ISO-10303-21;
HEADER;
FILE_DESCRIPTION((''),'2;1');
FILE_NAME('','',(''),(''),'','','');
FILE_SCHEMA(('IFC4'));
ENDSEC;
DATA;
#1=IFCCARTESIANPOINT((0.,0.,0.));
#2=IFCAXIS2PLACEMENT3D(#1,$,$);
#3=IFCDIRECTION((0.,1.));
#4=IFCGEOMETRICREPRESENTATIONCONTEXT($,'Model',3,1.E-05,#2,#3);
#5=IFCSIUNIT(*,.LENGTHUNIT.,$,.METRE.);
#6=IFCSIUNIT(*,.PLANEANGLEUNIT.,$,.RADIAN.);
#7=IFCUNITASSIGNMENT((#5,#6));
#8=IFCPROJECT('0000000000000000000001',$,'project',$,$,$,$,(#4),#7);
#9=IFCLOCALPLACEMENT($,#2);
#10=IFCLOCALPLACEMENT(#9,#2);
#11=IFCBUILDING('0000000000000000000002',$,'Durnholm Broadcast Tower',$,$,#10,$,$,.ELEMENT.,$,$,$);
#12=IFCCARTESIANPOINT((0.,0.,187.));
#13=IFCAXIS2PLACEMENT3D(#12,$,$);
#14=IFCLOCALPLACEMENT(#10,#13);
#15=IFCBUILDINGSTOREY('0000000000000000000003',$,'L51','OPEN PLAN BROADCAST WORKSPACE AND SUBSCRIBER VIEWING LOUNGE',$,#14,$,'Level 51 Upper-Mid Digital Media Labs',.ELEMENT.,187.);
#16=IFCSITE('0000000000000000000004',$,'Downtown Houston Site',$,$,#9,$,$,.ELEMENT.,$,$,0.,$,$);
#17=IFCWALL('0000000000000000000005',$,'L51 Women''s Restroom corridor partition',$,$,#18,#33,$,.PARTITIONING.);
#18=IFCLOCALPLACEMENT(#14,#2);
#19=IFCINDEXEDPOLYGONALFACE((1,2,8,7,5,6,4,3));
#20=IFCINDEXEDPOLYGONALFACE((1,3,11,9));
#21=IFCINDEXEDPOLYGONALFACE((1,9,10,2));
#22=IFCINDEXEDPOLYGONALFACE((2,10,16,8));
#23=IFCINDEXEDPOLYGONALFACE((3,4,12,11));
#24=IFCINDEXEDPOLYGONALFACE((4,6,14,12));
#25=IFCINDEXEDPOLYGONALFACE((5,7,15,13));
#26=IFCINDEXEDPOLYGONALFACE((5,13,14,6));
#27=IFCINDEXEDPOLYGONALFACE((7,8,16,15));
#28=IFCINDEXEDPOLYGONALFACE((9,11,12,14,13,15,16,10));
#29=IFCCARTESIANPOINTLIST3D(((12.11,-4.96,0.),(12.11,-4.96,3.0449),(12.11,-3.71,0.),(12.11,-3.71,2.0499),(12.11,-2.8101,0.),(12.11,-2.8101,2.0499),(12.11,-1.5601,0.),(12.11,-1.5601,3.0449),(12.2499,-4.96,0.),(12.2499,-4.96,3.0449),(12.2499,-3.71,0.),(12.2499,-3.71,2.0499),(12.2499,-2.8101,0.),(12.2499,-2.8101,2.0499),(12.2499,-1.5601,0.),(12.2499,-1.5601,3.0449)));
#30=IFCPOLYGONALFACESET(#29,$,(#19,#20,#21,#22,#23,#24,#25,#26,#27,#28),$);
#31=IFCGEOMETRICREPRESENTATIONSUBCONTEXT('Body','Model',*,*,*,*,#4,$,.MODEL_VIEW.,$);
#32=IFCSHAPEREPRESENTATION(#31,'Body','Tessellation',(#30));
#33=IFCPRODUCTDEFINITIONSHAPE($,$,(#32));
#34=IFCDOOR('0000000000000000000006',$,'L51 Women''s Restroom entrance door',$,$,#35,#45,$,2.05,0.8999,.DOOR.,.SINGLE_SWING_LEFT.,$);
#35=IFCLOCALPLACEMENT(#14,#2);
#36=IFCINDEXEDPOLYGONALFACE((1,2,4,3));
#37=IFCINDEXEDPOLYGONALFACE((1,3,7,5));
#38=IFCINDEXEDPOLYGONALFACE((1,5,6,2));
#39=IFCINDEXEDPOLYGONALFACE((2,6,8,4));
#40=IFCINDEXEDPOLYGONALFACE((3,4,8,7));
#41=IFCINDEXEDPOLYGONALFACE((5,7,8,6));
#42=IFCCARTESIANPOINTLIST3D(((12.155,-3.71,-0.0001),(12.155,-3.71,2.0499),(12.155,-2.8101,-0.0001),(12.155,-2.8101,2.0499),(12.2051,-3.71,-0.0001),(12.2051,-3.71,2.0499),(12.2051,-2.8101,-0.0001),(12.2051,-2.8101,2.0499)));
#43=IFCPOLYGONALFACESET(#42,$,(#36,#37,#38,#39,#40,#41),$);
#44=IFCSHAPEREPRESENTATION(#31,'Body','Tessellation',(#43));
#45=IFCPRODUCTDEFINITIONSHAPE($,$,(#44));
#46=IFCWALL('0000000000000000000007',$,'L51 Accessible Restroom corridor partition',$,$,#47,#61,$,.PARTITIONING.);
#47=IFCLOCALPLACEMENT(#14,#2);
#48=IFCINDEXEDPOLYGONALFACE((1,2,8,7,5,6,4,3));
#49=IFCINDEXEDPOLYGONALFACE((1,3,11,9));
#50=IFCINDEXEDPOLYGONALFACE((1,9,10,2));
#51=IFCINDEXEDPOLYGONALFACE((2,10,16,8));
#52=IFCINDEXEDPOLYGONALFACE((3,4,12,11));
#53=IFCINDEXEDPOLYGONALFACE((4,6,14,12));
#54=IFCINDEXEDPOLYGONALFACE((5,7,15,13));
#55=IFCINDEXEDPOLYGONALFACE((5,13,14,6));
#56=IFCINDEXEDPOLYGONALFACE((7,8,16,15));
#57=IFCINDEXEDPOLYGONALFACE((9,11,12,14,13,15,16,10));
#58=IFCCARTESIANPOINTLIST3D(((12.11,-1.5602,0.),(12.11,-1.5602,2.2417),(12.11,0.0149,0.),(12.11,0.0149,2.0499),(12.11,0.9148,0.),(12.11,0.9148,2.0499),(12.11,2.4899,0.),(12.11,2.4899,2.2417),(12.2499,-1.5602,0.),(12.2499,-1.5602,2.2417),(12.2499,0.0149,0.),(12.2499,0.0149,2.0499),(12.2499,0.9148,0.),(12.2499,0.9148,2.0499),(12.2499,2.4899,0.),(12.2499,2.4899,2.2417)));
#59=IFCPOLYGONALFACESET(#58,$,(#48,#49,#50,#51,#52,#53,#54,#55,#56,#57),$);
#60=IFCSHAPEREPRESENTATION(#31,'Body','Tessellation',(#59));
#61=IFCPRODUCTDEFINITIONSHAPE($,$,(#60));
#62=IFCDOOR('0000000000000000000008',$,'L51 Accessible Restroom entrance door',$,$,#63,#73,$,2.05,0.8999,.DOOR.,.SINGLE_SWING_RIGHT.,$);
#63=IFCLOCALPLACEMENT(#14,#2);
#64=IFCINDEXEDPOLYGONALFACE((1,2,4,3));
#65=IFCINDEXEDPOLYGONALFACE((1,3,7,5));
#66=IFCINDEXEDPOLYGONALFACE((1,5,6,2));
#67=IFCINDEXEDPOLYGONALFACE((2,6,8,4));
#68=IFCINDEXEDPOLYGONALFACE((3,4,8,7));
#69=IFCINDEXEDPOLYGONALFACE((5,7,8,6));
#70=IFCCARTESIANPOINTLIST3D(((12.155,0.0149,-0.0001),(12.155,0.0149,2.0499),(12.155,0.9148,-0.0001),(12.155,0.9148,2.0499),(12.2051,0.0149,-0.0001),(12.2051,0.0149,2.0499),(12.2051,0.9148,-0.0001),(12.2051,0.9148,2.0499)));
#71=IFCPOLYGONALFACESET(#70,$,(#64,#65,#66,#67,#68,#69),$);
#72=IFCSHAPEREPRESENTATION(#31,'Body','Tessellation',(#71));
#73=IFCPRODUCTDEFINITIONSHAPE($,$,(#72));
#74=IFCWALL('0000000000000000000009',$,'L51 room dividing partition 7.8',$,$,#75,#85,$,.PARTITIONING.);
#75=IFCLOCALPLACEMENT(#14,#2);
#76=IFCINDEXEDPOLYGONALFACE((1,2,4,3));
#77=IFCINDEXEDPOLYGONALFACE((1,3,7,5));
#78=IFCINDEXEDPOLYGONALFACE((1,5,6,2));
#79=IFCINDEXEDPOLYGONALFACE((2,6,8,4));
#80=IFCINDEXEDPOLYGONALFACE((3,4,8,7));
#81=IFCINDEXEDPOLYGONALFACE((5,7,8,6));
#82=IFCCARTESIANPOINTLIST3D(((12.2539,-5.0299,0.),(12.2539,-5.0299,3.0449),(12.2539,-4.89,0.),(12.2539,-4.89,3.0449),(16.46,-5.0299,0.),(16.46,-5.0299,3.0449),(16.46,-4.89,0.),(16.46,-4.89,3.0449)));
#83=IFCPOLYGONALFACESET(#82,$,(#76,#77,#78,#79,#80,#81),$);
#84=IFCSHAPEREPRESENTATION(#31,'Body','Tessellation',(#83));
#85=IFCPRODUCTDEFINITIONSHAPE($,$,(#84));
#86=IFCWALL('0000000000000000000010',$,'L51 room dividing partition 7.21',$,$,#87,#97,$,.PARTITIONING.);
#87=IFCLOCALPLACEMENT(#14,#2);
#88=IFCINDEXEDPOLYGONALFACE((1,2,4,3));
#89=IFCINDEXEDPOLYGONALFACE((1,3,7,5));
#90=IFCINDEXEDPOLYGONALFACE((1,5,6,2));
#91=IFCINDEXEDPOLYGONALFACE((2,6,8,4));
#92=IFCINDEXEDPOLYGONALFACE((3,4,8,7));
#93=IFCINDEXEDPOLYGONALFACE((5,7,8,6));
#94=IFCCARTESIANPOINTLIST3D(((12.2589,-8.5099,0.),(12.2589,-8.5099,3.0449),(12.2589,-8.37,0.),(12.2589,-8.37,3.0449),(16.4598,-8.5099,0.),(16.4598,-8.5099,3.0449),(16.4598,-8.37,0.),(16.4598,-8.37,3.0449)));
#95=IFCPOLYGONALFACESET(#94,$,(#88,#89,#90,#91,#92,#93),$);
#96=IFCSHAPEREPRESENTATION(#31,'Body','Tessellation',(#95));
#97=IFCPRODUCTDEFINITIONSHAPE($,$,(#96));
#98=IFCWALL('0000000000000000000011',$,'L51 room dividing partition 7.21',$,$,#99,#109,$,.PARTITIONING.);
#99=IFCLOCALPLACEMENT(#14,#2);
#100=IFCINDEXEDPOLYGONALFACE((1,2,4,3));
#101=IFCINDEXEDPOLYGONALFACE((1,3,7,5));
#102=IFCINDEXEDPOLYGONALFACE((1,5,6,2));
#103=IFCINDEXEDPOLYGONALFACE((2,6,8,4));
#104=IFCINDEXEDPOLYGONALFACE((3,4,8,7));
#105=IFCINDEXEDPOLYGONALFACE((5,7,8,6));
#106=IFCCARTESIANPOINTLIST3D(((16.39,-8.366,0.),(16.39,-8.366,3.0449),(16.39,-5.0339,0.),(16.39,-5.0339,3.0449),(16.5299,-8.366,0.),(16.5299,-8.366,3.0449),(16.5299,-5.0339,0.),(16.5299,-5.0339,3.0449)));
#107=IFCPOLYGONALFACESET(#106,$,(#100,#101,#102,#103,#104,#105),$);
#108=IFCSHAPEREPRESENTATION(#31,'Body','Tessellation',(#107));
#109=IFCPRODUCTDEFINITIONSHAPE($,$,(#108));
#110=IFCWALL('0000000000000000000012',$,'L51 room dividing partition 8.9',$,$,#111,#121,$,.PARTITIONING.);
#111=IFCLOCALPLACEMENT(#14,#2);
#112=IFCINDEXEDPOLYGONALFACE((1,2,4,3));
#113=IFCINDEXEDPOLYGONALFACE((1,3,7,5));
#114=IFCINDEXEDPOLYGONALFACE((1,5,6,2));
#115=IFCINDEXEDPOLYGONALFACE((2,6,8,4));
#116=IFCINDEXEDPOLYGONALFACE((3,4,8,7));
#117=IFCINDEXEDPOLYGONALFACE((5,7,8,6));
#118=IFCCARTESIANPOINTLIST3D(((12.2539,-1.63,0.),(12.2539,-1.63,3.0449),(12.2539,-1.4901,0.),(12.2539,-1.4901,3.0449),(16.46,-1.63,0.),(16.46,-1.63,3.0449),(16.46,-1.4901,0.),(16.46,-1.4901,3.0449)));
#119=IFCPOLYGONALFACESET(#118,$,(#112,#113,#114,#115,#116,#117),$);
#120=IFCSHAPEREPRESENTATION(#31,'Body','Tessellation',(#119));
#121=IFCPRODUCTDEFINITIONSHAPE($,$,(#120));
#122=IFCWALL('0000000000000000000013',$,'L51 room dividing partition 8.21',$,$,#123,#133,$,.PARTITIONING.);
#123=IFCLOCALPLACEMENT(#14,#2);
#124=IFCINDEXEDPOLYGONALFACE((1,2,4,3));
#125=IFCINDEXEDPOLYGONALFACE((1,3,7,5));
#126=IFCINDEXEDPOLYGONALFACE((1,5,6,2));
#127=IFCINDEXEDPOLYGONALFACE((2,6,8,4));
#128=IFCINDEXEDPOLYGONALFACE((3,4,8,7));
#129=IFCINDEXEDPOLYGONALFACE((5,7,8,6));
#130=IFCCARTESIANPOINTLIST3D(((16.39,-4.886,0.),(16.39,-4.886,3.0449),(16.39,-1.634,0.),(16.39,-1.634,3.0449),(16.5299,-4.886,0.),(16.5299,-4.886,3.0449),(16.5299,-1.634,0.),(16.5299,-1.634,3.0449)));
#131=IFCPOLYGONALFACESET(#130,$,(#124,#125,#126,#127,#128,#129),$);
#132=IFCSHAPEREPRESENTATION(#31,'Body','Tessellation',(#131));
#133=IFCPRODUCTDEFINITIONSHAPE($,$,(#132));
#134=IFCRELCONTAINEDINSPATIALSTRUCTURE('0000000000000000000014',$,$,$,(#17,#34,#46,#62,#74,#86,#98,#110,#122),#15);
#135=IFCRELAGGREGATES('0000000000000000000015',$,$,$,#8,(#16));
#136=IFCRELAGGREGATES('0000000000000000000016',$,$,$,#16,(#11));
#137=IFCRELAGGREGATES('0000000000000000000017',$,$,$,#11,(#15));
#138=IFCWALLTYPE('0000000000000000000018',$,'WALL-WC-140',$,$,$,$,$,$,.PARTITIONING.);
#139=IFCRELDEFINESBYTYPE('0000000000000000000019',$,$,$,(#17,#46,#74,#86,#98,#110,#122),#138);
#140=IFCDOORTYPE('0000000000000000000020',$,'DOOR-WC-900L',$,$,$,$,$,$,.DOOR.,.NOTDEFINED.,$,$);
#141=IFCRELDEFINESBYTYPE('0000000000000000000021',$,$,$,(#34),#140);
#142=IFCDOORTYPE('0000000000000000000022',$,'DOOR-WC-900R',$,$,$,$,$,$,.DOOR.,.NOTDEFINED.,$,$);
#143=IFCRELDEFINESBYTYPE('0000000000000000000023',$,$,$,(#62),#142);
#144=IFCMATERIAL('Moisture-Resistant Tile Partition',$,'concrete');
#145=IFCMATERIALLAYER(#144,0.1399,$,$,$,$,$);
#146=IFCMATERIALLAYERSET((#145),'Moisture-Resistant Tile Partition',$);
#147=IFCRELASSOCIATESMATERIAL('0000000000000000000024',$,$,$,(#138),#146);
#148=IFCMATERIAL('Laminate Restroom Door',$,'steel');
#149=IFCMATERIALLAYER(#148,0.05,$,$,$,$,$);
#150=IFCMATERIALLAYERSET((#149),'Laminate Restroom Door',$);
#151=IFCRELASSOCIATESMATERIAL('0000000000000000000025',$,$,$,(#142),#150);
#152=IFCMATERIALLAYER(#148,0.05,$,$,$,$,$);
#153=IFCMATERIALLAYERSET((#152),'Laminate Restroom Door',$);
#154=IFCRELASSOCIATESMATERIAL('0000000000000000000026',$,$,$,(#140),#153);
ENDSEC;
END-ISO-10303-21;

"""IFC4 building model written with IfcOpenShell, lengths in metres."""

from ifc_helpers import new_model, si_unit, direction, frame, frame_2d, origin, place, context, subcontext, project, spatial, rectangle, extrude, source, transform, mapped, material, layer, layer_set, type_object, type_shapes, element, fill, save


model = new_model("IFC4")

# Units and contexts
model_context = context("Model", 3, precision=1e-05, world=origin(), true_north=direction((0.0, 1.0)))
body_context = subcontext(model_context, "Body", "Model", "MODEL_VIEW")
ifc_project = project(units=[si_unit("LENGTHUNIT", "METRE"), si_unit("PLANEANGLEUNIT", "RADIAN")], contexts=[model_context])

# Site, building, storey
site_placement = place(None, origin())
site = spatial("IfcSite", under=ifc_project, at=site_placement, Name="Downtown Houston Site", CompositionType="ELEMENT", RefElevation=0.0)
building_placement = place(site_placement, origin())
building = spatial("IfcBuilding", under=site, at=building_placement, Name="Durnholm Broadcast Tower", CompositionType="ELEMENT")
storey_placement = place(building_placement, frame((0.0, 0.0, 187.0)))
storey = spatial("IfcBuildingStorey", under=building, at=storey_placement, Name="L51", Description="OPEN PLAN BROADCAST WORKSPACE AND SUBSCRIBER VIEWING LOUNGE", LongName="Level 51 Upper-Mid Digital Media Labs", CompositionType="ELEMENT", Elevation=187.0)

# Walls, openings, doors
ifc_material_1 = material(Name="Moisture-Resistant Tile Partition", Category="concrete")
ifc_layer_1 = layer(ifc_material_1, 0.1399)
ifc_layer_set_1 = layer_set([ifc_layer_1], Name="Moisture-Resistant Tile Partition")
wall_type = type_object("IfcWallType", Name="WALL-WC-140", PredefinedType="PARTITIONING", material=ifc_layer_set_1)
ifc_material_2 = material(Name="Laminate Restroom Door", Category="steel")
ifc_layer_2 = layer(ifc_material_2, 0.05)
ifc_layer_set_2 = layer_set([ifc_layer_2], Name="Laminate Restroom Door")
door_type_1 = type_object("IfcDoorType", Name="DOOR-WC-900R", OperationType="NOTDEFINED", PredefinedType="DOOR", material=ifc_layer_set_2)
shared_shape_1 = source(origin(), body_context, "Body", "SweptSolid", [
    extrude(rectangle(XDim=0.8999, YDim=2.05, at=frame_2d((0.45, 1.0249))), frame((0.0, 0.0249, 0.0), z_axis=(0.0, -1.0, 0.0), x_axis=(1.0, 0.0, 0.0)), (0.0, 0.0, 1.0), 0.05),
])
type_shapes(door_type_1, [shared_shape_1])
wall_1_placement = place(storey_placement, frame((12.1799, -4.96, 0.0), z_axis=(0.0, 0.0, 1.0), x_axis=(0.0, 1.0, 0.0)))
wall_1 = element("IfcWall", 1, at=wall_1_placement, inside=storey, type_object=wall_type, Name="L51 Women's Restroom corridor partition", PredefinedType="PARTITIONING", context=body_context, shape_type="SweptSolid", body=[
    extrude(rectangle(XDim=3.3999, YDim=0.1399, at=frame_2d((1.7, 0.0))), origin(), (0.0, 0.0, 1.0), 3.0449),
])
opening_1_placement = place(wall_1_placement, frame((1.25, 0.0, 0.0)))
opening_1 = element("IfcOpeningElement", 2, at=opening_1_placement, cuts=wall_1, PredefinedType="OPENING", context=body_context, shape_type="SweptSolid", body=[
    extrude(rectangle(XDim=0.8999, YDim=2.05, at=frame_2d((0.45, 1.0249))), frame((0.0, 0.0801, 0.0), z_axis=(0.0, -1.0, 0.0), x_axis=(1.0, 0.0, 0.0)), (0.0, 0.0, 1.0), 0.1599),
])
ifc_layer_3 = layer(ifc_material_2, 0.05)
ifc_layer_set_3 = layer_set([ifc_layer_3], Name="Laminate Restroom Door")
door_type_2 = type_object("IfcDoorType", Name="DOOR-WC-900L", OperationType="NOTDEFINED", PredefinedType="DOOR", material=ifc_layer_set_3)
shared_shape_2 = source(origin(), body_context, "Body", "SweptSolid", [
    extrude(rectangle(XDim=0.8999, YDim=2.05, at=frame_2d((0.45, 1.0249))), frame((0.0, 0.0249, 0.0), z_axis=(0.0, -1.0, 0.0), x_axis=(1.0, 0.0, 0.0)), (0.0, 0.0, 1.0), 0.05),
])
type_shapes(door_type_2, [shared_shape_2])
door_1_placement = place(opening_1_placement, origin())
door_1 = element("IfcDoor", 3, at=door_1_placement, inside=storey, type_object=door_type_2, Name="L51 Women's Restroom entrance door", OperationType="SINGLE_SWING_LEFT", OverallHeight=2.05, OverallWidth=0.8999, PredefinedType="DOOR", context=body_context, shape_type="MappedRepresentation", body=[
    mapped(shared_shape_2, transform((0.0, 0.0, 0.0), x_axis=(1.0, 0.0, 0.0), y_axis=(0.0, 1.0, 0.0), z_axis=(0.0, 0.0, 1.0), scale=1.0)),
])
fill(opening_1, door_1)
wall_2_placement = place(storey_placement, frame((12.1799, -1.5601, 0.0), z_axis=(0.0, 0.0, 1.0), x_axis=(0.0, 1.0, 0.0)))
wall_2 = element("IfcWall", 4, at=wall_2_placement, inside=storey, type_object=wall_type, Name="L51 Accessible Restroom corridor partition", PredefinedType="PARTITIONING", context=body_context, shape_type="SweptSolid", body=[
    extrude(rectangle(XDim=4.05, YDim=0.1399, at=frame_2d((2.0249, 0.0))), origin(), (0.0, 0.0, 1.0), 2.2417),
])
opening_2_placement = place(wall_2_placement, frame((1.575, 0.0, 0.0)))
opening_2 = element("IfcOpeningElement", 5, at=opening_2_placement, cuts=wall_2, PredefinedType="OPENING", context=body_context, shape_type="SweptSolid", body=[
    extrude(rectangle(XDim=0.8999, YDim=2.05, at=frame_2d((0.45, 1.0249))), frame((0.0, 0.0801, 0.0), z_axis=(0.0, -1.0, 0.0), x_axis=(1.0, 0.0, 0.0)), (0.0, 0.0, 1.0), 0.1599),
])
door_2_placement = place(opening_2_placement, origin())
door_2 = element("IfcDoor", 6, at=door_2_placement, inside=storey, type_object=door_type_1, Name="L51 Accessible Restroom entrance door", OperationType="SINGLE_SWING_RIGHT", OverallHeight=2.05, OverallWidth=0.8999, PredefinedType="DOOR", context=body_context, shape_type="MappedRepresentation", body=[
    mapped(shared_shape_1, transform((0.0, 0.0, 0.0), x_axis=(1.0, 0.0, 0.0), y_axis=(0.0, 1.0, 0.0), z_axis=(0.0, 0.0, 1.0), scale=1.0)),
])
fill(opening_2, door_2)

# Walls
wall_3_placement = place(storey_placement, frame((12.2539, -4.96, 0.0), z_axis=(0.0, 0.0, 1.0), x_axis=(1.0, 0.0, 0.0)))
element("IfcWall", 7, at=wall_3_placement, inside=storey, type_object=wall_type, Name="L51 room dividing partition 7.8", PredefinedType="PARTITIONING", context=body_context, shape_type="SweptSolid", body=[
    extrude(rectangle(XDim=4.2061, YDim=0.1399, at=frame_2d((2.103, 0.0))), origin(), (0.0, 0.0, 1.0), 3.0449),
])
wall_4_placement = place(storey_placement, frame((16.46, -8.4399, 0.0), z_axis=(0.0, 0.0, 1.0), x_axis=(-1.0, 0.0, 0.0)))
element("IfcWall", 8, at=wall_4_placement, inside=storey, type_object=wall_type, Name="L51 room dividing partition 7.21", PredefinedType="PARTITIONING", context=body_context, shape_type="SweptSolid", body=[
    extrude(rectangle(XDim=4.2009, YDim=0.1399, at=frame_2d((2.1006, 0.0))), origin(), (0.0, 0.0, 1.0), 3.0449),
])
wall_5_placement = place(storey_placement, frame((16.46, -5.0339, 0.0), z_axis=(0.0, 0.0, 1.0), x_axis=(0.0, -1.0, 0.0)))
element("IfcWall", 9, at=wall_5_placement, inside=storey, type_object=wall_type, Name="L51 room dividing partition 7.21", PredefinedType="PARTITIONING", context=body_context, shape_type="SweptSolid", body=[
    extrude(rectangle(XDim=3.332, YDim=0.1399, at=frame_2d((1.666, 0.0))), origin(), (0.0, 0.0, 1.0), 3.0449),
])
wall_6_placement = place(storey_placement, frame((12.2539, -1.5601, 0.0), z_axis=(0.0, 0.0, 1.0), x_axis=(1.0, 0.0, 0.0)))
element("IfcWall", 10, at=wall_6_placement, inside=storey, type_object=wall_type, Name="L51 room dividing partition 8.9", PredefinedType="PARTITIONING", context=body_context, shape_type="SweptSolid", body=[
    extrude(rectangle(XDim=4.2061, YDim=0.1399, at=frame_2d((2.103, 0.0))), origin(), (0.0, 0.0, 1.0), 3.0449),
])
wall_7_placement = place(storey_placement, frame((16.46, -1.634, 0.0), z_axis=(0.0, 0.0, 1.0), x_axis=(0.0, -1.0, 0.0)))
element("IfcWall", 11, at=wall_7_placement, inside=storey, type_object=wall_type, Name="L51 room dividing partition 8.21", PredefinedType="PARTITIONING", context=body_context, shape_type="SweptSolid", body=[
    extrude(rectangle(XDim=3.252, YDim=0.1399, at=frame_2d((1.626, 0.0))), origin(), (0.0, 0.0, 1.0), 3.0449),
])

save(model, "model.ifc")
